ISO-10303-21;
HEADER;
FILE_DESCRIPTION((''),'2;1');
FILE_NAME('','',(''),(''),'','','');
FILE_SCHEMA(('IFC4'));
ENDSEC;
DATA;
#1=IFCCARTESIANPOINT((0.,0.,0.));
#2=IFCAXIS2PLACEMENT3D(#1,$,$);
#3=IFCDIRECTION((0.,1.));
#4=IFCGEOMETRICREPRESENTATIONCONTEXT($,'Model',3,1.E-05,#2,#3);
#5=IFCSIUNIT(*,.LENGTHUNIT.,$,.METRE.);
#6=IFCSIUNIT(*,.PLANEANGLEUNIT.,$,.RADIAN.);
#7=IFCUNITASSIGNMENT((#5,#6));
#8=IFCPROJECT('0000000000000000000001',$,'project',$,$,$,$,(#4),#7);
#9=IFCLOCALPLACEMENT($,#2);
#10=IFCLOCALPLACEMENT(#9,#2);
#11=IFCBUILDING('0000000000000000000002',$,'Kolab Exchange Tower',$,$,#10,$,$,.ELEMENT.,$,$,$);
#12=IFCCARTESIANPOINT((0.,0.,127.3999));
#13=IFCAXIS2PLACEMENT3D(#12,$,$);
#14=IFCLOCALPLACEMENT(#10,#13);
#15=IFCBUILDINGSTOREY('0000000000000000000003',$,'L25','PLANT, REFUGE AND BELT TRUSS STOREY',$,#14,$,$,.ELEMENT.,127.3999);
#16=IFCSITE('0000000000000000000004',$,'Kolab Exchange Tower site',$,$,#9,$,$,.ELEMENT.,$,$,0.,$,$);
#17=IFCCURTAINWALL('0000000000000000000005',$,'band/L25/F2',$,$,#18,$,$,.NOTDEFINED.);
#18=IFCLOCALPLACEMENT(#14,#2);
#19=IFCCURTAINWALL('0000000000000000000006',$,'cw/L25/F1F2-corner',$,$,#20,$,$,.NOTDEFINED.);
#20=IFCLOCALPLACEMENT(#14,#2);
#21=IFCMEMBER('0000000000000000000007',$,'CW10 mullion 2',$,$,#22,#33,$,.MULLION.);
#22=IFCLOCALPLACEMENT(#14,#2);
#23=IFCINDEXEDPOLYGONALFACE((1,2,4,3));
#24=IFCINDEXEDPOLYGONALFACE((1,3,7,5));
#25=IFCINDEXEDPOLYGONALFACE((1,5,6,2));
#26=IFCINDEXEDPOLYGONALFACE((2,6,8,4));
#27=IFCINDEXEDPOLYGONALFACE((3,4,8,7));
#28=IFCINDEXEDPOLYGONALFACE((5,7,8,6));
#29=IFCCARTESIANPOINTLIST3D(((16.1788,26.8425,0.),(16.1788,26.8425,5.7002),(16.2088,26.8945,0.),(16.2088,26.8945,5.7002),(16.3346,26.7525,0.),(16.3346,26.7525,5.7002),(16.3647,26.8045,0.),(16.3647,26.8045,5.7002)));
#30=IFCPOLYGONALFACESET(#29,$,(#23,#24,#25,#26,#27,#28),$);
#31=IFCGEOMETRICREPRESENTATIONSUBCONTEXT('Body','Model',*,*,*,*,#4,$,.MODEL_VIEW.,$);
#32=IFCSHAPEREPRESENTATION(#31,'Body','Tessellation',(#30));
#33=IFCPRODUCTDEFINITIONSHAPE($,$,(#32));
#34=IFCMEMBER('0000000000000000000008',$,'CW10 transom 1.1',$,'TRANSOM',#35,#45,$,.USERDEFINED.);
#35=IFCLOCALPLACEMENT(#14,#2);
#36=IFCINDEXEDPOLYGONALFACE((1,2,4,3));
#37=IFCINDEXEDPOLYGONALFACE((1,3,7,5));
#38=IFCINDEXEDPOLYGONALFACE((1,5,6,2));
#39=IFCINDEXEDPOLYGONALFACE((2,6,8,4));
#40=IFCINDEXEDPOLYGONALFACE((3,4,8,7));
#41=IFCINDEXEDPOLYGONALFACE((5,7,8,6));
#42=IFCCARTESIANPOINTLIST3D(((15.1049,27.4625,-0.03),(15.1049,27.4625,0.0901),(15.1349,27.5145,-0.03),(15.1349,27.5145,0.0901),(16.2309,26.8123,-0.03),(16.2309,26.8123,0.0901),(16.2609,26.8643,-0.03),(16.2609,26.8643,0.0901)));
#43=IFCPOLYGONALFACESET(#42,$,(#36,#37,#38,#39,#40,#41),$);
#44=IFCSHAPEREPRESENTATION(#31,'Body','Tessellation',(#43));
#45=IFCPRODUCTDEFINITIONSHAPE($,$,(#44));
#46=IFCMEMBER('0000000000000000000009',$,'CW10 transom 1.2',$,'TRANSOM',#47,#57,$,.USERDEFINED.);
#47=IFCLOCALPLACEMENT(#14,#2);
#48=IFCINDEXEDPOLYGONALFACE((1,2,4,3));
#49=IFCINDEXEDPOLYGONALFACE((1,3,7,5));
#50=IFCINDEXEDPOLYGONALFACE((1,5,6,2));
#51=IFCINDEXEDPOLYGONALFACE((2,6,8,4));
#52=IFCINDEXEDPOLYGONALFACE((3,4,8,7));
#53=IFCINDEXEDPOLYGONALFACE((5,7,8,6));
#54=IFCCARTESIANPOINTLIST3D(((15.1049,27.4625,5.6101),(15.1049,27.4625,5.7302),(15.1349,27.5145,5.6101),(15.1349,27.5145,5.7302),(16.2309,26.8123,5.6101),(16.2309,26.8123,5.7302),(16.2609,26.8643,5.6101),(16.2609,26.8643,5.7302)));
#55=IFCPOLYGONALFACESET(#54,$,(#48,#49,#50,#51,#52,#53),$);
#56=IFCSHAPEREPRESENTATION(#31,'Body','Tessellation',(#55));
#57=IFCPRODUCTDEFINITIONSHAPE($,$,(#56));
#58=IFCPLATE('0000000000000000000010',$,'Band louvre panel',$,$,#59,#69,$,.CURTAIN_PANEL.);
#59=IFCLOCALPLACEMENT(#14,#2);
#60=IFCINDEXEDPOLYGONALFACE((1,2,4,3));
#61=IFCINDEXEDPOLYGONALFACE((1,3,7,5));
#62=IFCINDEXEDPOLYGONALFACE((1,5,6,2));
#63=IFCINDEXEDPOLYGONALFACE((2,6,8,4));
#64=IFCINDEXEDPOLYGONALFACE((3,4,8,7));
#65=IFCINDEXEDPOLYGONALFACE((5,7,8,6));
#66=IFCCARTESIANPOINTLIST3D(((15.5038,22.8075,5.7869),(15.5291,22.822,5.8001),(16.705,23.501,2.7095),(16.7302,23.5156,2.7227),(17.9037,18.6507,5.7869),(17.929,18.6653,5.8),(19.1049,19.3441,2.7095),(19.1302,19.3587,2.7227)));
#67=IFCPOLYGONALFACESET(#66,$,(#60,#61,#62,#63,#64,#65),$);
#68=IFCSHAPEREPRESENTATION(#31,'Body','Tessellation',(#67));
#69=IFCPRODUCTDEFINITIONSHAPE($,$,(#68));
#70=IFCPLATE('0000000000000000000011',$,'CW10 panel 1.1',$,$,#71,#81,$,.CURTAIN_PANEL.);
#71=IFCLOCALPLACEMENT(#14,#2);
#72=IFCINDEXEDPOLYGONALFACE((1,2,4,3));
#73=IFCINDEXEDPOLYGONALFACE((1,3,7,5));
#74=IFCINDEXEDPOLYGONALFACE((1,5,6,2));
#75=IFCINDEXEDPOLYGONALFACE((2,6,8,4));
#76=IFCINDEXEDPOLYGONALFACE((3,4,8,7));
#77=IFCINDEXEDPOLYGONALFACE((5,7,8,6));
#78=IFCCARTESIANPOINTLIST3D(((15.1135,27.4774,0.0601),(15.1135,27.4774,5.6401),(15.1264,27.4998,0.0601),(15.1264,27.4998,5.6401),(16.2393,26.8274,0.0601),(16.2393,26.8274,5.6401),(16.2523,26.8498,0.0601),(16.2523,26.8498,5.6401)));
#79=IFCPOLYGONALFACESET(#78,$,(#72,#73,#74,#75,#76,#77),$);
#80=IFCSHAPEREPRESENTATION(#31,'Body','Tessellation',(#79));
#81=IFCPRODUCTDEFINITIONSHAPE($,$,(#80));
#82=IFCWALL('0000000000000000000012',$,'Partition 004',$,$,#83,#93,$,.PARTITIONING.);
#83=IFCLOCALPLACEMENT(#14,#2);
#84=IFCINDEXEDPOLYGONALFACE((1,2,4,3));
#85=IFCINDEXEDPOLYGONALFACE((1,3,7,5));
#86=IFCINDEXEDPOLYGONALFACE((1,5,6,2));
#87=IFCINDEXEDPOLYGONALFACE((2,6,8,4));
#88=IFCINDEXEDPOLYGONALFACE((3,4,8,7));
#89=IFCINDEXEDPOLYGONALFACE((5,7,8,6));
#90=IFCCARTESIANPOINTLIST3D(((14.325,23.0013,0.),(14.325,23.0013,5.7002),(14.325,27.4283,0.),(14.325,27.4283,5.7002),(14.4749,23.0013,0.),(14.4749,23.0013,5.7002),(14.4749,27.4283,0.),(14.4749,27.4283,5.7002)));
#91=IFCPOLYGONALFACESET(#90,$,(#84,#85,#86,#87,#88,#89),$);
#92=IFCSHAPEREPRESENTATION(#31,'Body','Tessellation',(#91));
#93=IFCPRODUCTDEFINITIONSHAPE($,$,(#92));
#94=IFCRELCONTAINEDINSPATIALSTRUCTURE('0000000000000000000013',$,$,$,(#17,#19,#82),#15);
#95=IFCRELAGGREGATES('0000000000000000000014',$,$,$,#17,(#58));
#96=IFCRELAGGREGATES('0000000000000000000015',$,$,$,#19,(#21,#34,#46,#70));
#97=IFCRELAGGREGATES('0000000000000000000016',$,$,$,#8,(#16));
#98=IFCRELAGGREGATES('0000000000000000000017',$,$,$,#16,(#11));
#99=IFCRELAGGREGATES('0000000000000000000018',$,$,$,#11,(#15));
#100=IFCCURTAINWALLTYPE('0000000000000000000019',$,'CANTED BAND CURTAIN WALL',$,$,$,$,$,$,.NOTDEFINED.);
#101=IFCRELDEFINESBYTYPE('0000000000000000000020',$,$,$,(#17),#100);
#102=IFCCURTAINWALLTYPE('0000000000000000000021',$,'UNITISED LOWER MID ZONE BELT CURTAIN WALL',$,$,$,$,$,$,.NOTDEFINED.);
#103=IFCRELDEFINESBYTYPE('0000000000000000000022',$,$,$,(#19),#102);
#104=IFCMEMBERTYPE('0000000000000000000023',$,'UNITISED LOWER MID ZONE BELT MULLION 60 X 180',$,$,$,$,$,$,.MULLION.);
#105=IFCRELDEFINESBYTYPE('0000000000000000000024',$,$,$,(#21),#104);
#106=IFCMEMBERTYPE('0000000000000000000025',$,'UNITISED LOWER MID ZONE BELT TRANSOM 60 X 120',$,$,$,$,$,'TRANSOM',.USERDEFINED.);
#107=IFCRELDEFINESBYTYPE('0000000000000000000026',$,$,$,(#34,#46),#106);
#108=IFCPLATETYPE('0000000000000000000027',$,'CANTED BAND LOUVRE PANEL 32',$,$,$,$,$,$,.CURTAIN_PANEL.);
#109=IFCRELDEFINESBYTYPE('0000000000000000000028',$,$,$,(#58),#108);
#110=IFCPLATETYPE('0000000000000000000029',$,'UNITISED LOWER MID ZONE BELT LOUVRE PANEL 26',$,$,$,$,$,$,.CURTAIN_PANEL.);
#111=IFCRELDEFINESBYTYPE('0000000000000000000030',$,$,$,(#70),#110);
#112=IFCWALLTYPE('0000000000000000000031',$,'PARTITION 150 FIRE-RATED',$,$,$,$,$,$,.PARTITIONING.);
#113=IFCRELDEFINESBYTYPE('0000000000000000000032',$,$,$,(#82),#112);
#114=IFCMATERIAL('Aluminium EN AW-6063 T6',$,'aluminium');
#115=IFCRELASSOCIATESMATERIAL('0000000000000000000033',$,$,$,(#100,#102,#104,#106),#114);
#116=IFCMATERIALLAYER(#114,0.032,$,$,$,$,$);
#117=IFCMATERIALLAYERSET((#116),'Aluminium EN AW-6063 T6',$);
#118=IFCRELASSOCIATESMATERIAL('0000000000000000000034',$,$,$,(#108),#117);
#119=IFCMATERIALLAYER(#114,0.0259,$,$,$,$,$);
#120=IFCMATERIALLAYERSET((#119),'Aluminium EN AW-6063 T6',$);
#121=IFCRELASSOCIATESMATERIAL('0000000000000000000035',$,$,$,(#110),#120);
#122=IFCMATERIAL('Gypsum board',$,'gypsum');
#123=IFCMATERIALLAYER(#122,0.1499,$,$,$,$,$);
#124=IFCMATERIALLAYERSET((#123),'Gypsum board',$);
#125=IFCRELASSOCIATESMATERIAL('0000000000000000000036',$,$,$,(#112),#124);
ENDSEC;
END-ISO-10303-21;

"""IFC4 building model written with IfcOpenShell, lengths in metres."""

from ifc_helpers import new_model, si_unit, direction, frame, frame_2d, origin, origin_2d, place, context, subcontext, project, spatial, polyline, rectangle, outline, extrude, material, layer, layer_set, material_profile, profile_set, type_object, element, aggregate, save


model = new_model("IFC4")

# Units and contexts
model_context = context("Model", 3, precision=1e-05, world=origin(), true_north=direction((0.0, 1.0)))
body_context = subcontext(model_context, "Body", "Model", "MODEL_VIEW")
ifc_project = project(units=[si_unit("LENGTHUNIT", "METRE"), si_unit("PLANEANGLEUNIT", "RADIAN")], contexts=[model_context])

# Site, building, storey
site_placement = place(None, origin())
site = spatial("IfcSite", under=ifc_project, at=site_placement, Name="Kolab Exchange Tower site", CompositionType="ELEMENT", RefElevation=0.0)
building_placement = place(site_placement, origin())
building = spatial("IfcBuilding", under=site, at=building_placement, Name="Kolab Exchange Tower", CompositionType="ELEMENT")
storey_placement = place(building_placement, frame((0.0, 0.0, 127.3999)))
storey = spatial("IfcBuildingStorey", under=building, at=storey_placement, Name="L25", Description="PLANT, REFUGE AND BELT TRUSS STOREY", CompositionType="ELEMENT", Elevation=127.3999)

# Curtain wall
ifc_material_1 = material(Name="Aluminium EN AW-6063 T6", Category="aluminium")
curtain_wall_type_1 = type_object("IfcCurtainWallType", Name="CANTED BAND CURTAIN WALL", PredefinedType="NOTDEFINED", material=ifc_material_1)
curtain_wall_1_placement = place(storey_placement, origin())
curtain_wall_1 = element("IfcCurtainWall", 1, at=curtain_wall_1_placement, inside=storey, type_object=curtain_wall_type_1, Name="band/L25/F2", PredefinedType="NOTDEFINED")

# Shared definitions
curtain_wall_type_2 = type_object("IfcCurtainWallType", Name="UNITISED LOWER MID ZONE BELT CURTAIN WALL", PredefinedType="NOTDEFINED", material=ifc_material_1)
ifc_material_profile_1 = material_profile(ifc_material_1, rectangle(XDim=0.0601, YDim=0.1799, at=origin_2d()), Name="RECT 60X180")
ifc_profile_set_1 = profile_set([ifc_material_profile_1], Name="Aluminium EN AW-6063 T6")
member_type_1 = type_object("IfcMemberType", Name="UNITISED LOWER MID ZONE BELT MULLION 60 X 180", PredefinedType="MULLION", material=ifc_profile_set_1)

# Curtain wall, members
curtain_wall_2_placement = place(storey_placement, origin())
curtain_wall_2 = element("IfcCurtainWall", 2, at=curtain_wall_2_placement, inside=storey, type_object=curtain_wall_type_2, Name="cw/L25/F1F2-corner", PredefinedType="NOTDEFINED")
member_1_placement = place(storey_placement, frame((16.2717, 26.8235, 0.0), z_axis=(0.0, 0.0, 1.0), x_axis=(0.5, 0.866025, 0.0)))
member_1 = element("IfcMember", 3, at=member_1_placement, type_object=member_type_1, Name="CW10 mullion 2", PredefinedType="MULLION", context=body_context, shape_type="SweptSolid", body=[
    extrude(rectangle(XDim=0.0601, YDim=0.1799, at=origin_2d()), origin(), (0.0, 0.0, 1.0), 5.7002),
])
ifc_material_profile_2 = material_profile(ifc_material_1, rectangle(XDim=0.0601, YDim=0.1201, at=origin_2d()), Name="RECT 60X120")
ifc_profile_set_2 = profile_set([ifc_material_profile_2], Name="Aluminium EN AW-6063 T6")
member_type_2 = type_object("IfcMemberType", Name="UNITISED LOWER MID ZONE BELT TRANSOM 60 X 120", ElementType="TRANSOM", PredefinedType="USERDEFINED", material=ifc_profile_set_2)
member_2_placement = place(storey_placement, frame((15.1199, 27.4885, 0.03), z_axis=(0.866004, -0.500037, 0.0), x_axis=(0.500037, 0.866004, 0.0)))
member_2 = element("IfcMember", 4, at=member_2_placement, type_object=member_type_2, Name="CW10 transom 1.1", ObjectType="TRANSOM", PredefinedType="USERDEFINED", context=body_context, shape_type="SweptSolid", body=[
    extrude(rectangle(XDim=0.0601, YDim=0.1201, at=origin_2d()), origin(), (0.0, 0.0, 1.0), 1.3003),
])
member_3_placement = place(storey_placement, frame((15.1199, 27.4885, 5.6702), z_axis=(0.866004, -0.500037, 0.0), x_axis=(0.500037, 0.866004, 0.0)))
member_3 = element("IfcMember", 5, at=member_3_placement, type_object=member_type_2, Name="CW10 transom 1.2", ObjectType="TRANSOM", PredefinedType="USERDEFINED", context=body_context, shape_type="SweptSolid", body=[
    extrude(rectangle(XDim=0.0601, YDim=0.1201, at=origin_2d()), origin(), (0.0, 0.0, 1.0), 1.3003),
])

# Plates
ifc_layer_1 = layer(ifc_material_1, 0.032)
ifc_layer_set_1 = layer_set([ifc_layer_1], Name="Aluminium EN AW-6063 T6")
plate_type_1 = type_object("IfcPlateType", Name="CANTED BAND LOUVRE PANEL 32", PredefinedType="CURTAIN_PANEL", material=ifc_layer_set_1)
plate_1_placement = place(storey_placement, frame((16.7302, 23.5156, 2.7227), z_axis=(0.789545, 0.455832, 0.410897), x_axis=(0.499988, -0.866032, 0.000005)))
plate_1 = element("IfcPlate", 6, at=plate_1_placement, type_object=plate_type_1, Name="Band louvre panel", PredefinedType="CURTAIN_PANEL", context=body_context, shape_type="SweptSolid", body=[
    extrude(outline(polyline([(0.0, 0.0), (4.8, 0.0), (4.7999, -3.3755), (0.0001, -3.3755), (0.0, 0.0)])), origin(), (0.0, 0.0, -1.0), 0.032),
])
aggregate(curtain_wall_1, [plate_1])
ifc_layer_2 = layer(ifc_material_1, 0.0259)
ifc_layer_set_2 = layer_set([ifc_layer_2], Name="Aluminium EN AW-6063 T6")
plate_type_2 = type_object("IfcPlateType", Name="UNITISED LOWER MID ZONE BELT LOUVRE PANEL 26", PredefinedType="CURTAIN_PANEL", material=ifc_layer_set_2)
plate_2_placement = place(storey_placement, frame((15.6829, 27.1636, 0.0601), z_axis=(0.0, 0.0, 1.0), x_axis=(0.866025, -0.5, 0.0)))
plate_2 = element("IfcPlate", 7, at=plate_2_placement, type_object=plate_type_2, Name="CW10 panel 1.1", PredefinedType="CURTAIN_PANEL", context=body_context, shape_type="SweptSolid", body=[
    extrude(rectangle(XDim=1.3, YDim=0.0259, at=origin_2d()), origin(), (0.0, 0.0, 1.0), 5.5801),
])
aggregate(curtain_wall_2, [member_1, member_2, member_3, plate_2])

# Wall
ifc_material_2 = material(Name="Gypsum board", Category="gypsum")
ifc_layer_3 = layer(ifc_material_2, 0.1499)
ifc_layer_set_3 = layer_set([ifc_layer_3], Name="Gypsum board")
wall_type = type_object("IfcWallType", Name="PARTITION 150 FIRE-RATED", PredefinedType="PARTITIONING", material=ifc_layer_set_3)
wall_placement = place(storey_placement, frame((14.3999, 23.0015, 0.0), z_axis=(0.0, 0.0, 1.0), x_axis=(0.0, 1.0, 0.0)))
element("IfcWall", 8, at=wall_placement, inside=storey, type_object=wall_type, Name="Partition 004", PredefinedType="PARTITIONING", context=body_context, shape_type="SweptSolid", body=[
    extrude(rectangle(XDim=4.427, YDim=0.1499, at=frame_2d((2.2134, 0.0))), origin(), (0.0, 0.0, 1.0), 5.7002),
])

save(model, "model.ifc")
